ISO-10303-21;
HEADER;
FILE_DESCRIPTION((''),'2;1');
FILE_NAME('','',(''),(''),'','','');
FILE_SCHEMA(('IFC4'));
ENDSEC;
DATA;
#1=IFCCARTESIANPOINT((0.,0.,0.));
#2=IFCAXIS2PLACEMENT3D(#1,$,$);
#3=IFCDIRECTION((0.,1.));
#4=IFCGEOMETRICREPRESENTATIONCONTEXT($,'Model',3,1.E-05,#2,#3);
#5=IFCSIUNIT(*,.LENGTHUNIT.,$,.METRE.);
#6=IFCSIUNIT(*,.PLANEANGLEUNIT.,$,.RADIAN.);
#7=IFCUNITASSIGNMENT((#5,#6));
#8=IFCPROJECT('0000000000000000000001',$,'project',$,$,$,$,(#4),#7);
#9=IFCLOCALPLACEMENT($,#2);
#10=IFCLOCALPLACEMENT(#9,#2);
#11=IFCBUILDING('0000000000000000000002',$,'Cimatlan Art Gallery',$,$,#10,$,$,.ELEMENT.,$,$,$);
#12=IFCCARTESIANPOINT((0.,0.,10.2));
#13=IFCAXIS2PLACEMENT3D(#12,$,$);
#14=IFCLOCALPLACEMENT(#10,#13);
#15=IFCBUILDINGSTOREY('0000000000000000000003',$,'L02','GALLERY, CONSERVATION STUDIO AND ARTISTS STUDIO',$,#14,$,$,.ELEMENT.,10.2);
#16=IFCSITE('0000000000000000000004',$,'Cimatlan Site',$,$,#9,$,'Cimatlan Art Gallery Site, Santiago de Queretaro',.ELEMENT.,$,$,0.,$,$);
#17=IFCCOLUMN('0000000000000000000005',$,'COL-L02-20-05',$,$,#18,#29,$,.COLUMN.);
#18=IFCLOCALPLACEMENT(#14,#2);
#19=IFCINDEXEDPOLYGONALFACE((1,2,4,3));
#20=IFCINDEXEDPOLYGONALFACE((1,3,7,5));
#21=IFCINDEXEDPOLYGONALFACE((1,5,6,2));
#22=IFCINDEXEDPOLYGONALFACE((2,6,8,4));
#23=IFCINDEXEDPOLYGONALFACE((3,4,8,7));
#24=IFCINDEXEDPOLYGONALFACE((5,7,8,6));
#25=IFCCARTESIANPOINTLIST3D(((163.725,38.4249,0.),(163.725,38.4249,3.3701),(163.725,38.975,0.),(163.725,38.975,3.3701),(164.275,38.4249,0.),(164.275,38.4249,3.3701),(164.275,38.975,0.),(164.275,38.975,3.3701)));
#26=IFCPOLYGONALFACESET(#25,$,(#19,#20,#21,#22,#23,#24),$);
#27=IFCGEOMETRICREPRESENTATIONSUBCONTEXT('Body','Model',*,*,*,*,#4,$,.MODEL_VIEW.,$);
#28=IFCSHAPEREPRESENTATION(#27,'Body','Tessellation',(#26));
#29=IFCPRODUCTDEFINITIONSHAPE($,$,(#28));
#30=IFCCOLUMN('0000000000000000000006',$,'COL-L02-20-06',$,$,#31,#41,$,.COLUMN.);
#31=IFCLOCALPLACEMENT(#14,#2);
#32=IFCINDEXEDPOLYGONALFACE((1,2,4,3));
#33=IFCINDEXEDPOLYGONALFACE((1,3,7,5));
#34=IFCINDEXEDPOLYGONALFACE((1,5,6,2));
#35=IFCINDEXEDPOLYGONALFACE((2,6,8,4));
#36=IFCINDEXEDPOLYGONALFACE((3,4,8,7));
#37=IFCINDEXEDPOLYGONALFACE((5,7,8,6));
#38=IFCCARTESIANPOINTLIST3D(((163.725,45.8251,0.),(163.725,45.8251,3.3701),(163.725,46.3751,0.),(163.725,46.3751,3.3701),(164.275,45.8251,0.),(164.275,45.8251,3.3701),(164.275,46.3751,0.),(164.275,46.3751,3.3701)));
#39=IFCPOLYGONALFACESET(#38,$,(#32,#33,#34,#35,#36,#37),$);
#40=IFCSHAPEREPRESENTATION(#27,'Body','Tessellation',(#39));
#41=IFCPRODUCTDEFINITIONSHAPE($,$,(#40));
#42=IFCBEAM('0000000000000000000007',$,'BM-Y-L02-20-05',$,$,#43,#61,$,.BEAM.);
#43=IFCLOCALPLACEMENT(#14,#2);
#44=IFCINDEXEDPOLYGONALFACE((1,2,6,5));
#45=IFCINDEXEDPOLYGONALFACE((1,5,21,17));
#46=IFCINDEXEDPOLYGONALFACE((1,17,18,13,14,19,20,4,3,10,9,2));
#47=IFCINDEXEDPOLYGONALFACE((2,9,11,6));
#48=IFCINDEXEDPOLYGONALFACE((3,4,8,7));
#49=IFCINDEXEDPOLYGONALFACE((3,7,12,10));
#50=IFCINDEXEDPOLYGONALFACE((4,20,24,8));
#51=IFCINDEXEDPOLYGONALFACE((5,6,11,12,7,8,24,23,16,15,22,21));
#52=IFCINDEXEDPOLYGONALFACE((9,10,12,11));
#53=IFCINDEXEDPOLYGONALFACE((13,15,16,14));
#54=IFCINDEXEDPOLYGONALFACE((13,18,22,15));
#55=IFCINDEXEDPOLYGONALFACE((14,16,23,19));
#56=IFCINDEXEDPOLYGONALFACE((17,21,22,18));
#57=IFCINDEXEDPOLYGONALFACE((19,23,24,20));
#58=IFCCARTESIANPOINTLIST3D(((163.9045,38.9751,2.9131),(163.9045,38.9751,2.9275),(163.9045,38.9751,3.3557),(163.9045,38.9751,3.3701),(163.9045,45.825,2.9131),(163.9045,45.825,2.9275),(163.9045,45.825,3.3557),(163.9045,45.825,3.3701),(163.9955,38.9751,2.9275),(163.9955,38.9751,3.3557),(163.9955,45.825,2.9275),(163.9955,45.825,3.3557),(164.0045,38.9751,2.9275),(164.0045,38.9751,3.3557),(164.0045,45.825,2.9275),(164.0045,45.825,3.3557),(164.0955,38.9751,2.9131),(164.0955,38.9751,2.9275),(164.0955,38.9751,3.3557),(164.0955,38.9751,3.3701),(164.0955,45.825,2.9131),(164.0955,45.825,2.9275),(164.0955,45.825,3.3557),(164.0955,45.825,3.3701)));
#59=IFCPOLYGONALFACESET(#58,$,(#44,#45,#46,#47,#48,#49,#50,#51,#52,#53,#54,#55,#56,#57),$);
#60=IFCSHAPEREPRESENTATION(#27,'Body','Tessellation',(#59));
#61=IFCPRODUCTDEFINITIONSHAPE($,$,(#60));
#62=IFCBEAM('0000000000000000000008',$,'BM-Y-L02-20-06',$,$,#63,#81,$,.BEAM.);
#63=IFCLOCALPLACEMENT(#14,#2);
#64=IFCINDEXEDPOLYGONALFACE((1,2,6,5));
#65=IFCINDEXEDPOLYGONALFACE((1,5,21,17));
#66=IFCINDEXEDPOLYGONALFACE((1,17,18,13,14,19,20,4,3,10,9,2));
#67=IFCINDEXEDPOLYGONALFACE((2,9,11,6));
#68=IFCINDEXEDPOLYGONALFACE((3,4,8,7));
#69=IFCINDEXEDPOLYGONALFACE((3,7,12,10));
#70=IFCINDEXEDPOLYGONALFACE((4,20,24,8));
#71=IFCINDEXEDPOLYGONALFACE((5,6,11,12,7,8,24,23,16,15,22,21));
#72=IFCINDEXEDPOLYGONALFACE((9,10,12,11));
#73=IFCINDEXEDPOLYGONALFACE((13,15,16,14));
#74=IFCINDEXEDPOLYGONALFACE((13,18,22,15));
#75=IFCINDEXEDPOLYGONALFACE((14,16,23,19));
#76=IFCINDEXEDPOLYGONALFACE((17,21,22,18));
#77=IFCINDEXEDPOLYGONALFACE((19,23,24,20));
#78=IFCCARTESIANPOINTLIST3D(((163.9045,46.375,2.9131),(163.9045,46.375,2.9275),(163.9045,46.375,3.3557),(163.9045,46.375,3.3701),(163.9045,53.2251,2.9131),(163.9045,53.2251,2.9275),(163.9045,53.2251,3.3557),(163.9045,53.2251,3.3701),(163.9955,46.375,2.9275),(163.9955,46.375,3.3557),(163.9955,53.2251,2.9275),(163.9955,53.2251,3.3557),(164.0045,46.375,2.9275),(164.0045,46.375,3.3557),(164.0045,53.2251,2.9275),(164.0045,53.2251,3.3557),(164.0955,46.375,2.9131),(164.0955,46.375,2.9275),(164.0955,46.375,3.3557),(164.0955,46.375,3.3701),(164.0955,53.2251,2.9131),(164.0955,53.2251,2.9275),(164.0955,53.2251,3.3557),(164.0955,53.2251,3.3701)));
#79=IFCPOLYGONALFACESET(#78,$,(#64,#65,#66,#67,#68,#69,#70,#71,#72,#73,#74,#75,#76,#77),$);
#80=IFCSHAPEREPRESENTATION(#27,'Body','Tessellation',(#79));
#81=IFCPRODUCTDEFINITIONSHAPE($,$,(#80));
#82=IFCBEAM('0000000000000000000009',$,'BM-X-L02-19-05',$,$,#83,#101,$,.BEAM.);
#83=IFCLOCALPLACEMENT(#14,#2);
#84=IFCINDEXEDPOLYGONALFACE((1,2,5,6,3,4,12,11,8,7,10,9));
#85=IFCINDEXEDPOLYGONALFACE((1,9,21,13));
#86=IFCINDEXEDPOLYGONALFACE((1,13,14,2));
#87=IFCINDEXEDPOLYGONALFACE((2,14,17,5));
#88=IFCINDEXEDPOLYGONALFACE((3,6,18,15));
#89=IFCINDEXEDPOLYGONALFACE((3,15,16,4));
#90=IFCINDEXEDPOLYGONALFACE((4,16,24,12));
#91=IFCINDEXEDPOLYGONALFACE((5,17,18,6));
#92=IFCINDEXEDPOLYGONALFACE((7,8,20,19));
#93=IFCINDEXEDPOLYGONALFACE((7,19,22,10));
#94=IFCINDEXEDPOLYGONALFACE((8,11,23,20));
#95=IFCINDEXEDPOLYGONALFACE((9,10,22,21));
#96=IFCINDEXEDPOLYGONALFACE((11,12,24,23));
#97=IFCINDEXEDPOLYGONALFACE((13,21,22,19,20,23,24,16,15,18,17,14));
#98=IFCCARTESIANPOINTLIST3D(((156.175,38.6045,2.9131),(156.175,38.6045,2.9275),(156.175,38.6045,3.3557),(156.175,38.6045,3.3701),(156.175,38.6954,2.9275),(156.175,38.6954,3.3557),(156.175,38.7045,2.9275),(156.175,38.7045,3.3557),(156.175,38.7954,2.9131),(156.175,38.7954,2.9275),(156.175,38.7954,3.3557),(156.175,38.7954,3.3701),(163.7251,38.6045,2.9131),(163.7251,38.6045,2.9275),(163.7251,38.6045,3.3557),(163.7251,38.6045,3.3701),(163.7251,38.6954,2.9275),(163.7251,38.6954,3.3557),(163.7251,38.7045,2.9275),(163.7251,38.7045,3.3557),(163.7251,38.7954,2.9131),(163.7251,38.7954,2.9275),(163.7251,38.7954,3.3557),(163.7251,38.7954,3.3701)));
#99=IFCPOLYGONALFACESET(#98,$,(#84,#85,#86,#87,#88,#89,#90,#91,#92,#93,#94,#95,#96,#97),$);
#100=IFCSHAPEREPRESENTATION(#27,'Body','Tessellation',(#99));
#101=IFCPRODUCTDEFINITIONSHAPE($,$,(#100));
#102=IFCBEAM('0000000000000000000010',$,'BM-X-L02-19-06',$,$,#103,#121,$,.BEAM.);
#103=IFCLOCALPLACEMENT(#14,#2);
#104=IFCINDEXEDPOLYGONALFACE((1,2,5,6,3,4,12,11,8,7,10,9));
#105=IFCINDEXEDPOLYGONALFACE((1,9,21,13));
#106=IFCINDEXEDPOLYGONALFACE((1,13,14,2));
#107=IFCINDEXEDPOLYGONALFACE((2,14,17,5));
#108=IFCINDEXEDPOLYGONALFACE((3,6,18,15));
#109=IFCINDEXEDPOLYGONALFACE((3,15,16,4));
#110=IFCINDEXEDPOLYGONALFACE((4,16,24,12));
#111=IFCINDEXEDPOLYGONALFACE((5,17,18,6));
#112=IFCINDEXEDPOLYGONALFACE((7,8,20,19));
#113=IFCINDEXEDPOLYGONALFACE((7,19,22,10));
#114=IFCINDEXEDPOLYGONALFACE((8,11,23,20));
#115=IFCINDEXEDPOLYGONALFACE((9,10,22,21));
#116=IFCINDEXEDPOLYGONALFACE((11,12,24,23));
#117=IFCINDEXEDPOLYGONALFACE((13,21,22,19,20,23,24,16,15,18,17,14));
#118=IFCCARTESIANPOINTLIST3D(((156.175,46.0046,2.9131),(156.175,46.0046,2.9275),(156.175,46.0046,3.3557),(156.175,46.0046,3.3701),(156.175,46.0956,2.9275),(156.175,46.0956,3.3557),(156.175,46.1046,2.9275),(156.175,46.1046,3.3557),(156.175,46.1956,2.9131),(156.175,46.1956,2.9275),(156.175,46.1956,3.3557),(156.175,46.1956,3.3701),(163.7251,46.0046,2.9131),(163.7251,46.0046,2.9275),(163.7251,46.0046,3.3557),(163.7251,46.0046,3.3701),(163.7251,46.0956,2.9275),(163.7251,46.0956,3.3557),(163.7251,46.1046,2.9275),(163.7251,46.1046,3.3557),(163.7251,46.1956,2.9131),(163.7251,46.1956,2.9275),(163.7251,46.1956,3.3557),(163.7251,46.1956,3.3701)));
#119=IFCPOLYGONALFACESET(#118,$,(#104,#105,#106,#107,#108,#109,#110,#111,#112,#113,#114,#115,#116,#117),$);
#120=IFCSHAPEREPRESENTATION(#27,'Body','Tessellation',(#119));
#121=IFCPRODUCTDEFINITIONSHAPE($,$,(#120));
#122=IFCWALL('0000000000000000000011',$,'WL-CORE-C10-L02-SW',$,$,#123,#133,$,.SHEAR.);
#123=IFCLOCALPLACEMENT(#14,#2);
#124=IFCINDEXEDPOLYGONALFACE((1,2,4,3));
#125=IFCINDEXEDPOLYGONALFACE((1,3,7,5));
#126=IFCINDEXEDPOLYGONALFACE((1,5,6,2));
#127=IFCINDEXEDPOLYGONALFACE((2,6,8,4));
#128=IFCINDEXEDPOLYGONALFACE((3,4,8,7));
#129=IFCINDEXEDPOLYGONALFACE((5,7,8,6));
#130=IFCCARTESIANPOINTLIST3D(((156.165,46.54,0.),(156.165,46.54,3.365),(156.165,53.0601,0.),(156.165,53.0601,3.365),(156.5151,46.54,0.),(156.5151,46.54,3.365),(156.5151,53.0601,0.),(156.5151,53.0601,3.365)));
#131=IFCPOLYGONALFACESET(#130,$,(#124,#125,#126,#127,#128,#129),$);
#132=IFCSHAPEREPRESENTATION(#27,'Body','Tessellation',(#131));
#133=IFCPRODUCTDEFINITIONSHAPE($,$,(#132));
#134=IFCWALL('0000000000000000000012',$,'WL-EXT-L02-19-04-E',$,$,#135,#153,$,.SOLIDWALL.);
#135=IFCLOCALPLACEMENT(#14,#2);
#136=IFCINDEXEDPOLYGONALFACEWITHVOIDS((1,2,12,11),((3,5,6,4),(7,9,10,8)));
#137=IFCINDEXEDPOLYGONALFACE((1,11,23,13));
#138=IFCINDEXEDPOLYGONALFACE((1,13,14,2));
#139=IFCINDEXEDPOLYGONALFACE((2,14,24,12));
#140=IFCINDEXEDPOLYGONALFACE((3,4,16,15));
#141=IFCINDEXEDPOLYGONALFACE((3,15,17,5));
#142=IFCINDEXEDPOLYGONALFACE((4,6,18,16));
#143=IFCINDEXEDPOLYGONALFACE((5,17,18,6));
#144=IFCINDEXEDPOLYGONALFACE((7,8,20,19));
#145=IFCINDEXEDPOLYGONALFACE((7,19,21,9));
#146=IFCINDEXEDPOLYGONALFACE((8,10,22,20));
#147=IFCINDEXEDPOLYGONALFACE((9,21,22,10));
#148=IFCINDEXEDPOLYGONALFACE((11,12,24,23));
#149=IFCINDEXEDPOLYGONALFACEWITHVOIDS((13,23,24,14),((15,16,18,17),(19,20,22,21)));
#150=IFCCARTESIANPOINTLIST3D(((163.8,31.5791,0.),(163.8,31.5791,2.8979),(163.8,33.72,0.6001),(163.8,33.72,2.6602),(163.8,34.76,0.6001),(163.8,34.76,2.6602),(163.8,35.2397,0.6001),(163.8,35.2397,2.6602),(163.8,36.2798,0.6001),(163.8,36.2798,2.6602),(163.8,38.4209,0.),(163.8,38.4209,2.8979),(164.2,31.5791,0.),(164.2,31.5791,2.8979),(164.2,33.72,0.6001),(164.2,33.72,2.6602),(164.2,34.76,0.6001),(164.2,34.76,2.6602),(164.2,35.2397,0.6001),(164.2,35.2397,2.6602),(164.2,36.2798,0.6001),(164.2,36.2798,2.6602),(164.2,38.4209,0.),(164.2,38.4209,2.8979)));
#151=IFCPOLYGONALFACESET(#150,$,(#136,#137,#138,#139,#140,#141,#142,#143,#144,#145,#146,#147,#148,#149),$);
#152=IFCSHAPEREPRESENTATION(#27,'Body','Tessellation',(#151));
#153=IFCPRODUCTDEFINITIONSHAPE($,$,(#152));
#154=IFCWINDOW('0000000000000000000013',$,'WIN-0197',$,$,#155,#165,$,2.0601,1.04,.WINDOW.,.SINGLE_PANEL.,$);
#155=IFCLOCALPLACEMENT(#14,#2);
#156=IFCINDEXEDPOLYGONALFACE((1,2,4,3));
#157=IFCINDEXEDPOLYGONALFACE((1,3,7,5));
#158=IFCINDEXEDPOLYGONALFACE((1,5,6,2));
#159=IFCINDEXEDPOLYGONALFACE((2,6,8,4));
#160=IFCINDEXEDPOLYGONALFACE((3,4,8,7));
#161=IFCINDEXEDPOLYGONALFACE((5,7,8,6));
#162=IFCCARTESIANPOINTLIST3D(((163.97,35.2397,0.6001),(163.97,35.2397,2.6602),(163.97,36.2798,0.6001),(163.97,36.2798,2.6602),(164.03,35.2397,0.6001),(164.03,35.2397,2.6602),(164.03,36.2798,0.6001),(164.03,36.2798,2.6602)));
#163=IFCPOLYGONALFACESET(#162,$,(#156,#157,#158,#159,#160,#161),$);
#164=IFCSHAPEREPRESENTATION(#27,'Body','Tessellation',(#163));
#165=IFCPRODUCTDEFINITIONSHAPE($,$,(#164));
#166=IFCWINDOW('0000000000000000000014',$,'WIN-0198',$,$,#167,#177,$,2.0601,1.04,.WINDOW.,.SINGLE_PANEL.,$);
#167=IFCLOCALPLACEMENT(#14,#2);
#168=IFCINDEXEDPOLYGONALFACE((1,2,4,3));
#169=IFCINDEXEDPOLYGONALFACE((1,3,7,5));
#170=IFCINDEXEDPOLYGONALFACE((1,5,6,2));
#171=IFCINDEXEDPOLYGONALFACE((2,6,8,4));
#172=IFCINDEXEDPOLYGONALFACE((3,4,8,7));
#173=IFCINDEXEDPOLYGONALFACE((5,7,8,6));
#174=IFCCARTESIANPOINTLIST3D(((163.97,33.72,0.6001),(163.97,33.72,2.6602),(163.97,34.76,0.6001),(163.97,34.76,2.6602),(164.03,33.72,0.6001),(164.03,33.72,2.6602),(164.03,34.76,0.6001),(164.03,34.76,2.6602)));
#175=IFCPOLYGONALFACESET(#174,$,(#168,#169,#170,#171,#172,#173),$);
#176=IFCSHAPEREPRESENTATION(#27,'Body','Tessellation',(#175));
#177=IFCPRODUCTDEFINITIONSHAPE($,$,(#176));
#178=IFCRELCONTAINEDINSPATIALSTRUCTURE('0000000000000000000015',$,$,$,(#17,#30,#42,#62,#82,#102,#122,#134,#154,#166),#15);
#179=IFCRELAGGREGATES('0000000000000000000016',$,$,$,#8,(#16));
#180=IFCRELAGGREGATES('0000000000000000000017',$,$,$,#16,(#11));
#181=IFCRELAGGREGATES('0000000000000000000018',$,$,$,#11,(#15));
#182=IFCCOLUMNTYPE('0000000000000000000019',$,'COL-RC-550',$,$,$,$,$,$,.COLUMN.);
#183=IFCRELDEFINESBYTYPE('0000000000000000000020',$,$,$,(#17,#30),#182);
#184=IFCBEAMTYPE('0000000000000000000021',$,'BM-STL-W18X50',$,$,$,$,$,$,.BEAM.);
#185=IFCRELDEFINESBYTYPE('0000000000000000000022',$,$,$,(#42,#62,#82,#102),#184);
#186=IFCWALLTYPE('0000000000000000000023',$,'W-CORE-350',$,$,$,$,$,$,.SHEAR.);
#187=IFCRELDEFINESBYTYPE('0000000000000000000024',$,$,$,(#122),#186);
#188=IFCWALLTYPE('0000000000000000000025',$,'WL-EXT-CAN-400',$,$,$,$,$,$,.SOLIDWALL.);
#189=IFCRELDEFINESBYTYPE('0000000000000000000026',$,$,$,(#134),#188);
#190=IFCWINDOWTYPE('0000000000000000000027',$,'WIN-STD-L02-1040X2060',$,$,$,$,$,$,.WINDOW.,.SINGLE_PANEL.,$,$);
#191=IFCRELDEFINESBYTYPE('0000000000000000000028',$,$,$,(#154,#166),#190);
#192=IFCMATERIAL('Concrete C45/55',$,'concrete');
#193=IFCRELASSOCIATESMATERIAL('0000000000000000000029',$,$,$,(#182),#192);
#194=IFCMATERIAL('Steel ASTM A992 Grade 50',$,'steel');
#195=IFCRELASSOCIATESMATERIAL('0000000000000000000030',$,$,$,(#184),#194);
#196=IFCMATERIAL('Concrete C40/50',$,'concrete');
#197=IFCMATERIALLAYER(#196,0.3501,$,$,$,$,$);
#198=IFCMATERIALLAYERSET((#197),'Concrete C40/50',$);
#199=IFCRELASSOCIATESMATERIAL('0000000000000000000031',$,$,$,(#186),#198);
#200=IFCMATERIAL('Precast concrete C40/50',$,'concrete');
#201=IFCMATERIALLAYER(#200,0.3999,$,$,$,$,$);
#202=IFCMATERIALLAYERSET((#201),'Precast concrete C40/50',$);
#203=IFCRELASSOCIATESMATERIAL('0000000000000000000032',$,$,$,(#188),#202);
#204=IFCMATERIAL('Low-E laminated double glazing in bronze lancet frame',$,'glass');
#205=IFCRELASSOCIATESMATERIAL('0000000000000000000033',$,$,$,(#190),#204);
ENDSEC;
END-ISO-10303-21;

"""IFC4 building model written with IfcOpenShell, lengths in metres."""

from ifc_helpers import new_model, si_unit, direction, frame, frame_2d, origin, origin_2d, place, context, subcontext, project, spatial, rectangle, i_section, extrude, material, layer, layer_set, material_profile, profile_set, type_object, element, fill, save


model = new_model("IFC4")

# Units and contexts
model_context = context("Model", 3, precision=1e-05, world=origin(), true_north=direction((0.0, 1.0)))
body_context = subcontext(model_context, "Body", "Model", "MODEL_VIEW")
ifc_project = project(units=[si_unit("LENGTHUNIT", "METRE"), si_unit("PLANEANGLEUNIT", "RADIAN")], contexts=[model_context])

# Site, building, storey
site_placement = place(None, origin())
site = spatial("IfcSite", under=ifc_project, at=site_placement, Name="Cimatlan Site", LongName="Cimatlan Art Gallery Site, Santiago de Queretaro", CompositionType="ELEMENT", RefElevation=0.0)
building_placement = place(site_placement, origin())
building = spatial("IfcBuilding", under=site, at=building_placement, Name="Cimatlan Art Gallery", CompositionType="ELEMENT")
storey_placement = place(building_placement, frame((0.0, 0.0, 10.2)))
storey = spatial("IfcBuildingStorey", under=building, at=storey_placement, Name="L02", Description="GALLERY, CONSERVATION STUDIO AND ARTISTS STUDIO", CompositionType="ELEMENT", Elevation=10.2)

# Columns
ifc_material_1 = material(Name="Concrete C45/55", Category="concrete")
ifc_material_profile_1 = material_profile(ifc_material_1, rectangle(XDim=0.55, YDim=0.55, at=origin_2d()), Name="RC550X550")
ifc_profile_set_1 = profile_set([ifc_material_profile_1], Name="Concrete C45/55")
column_type = type_object("IfcColumnType", Name="COL-RC-550", PredefinedType="COLUMN", material=ifc_profile_set_1)
for number, where, z_axis, x_axis, name in (
    (1, (164.0, 38.7, 0.0), (0.0, 0.0, 1.0), (1.0, 0.0, 0.0), "COL-L02-20-05"),
    (2, (164.0, 46.1001, 0.0), (0.0, 0.0, 1.0), (1.0, 0.0, 0.0), "COL-L02-20-06"),
):
    element("IfcColumn", number, at=place(storey_placement, frame(where, z_axis=z_axis, x_axis=x_axis)), inside=storey, type_object=column_type, Name=name, PredefinedType="COLUMN", context=body_context, shape_type="SweptSolid", body=[
        extrude(rectangle(XDim=0.55, YDim=0.55, at=origin_2d()), origin(), (0.0, 0.0, 1.0), 3.3701),
    ])

# Beams
ifc_material_2 = material(Name="Steel ASTM A992 Grade 50", Category="steel")
ifc_material_profile_2 = material_profile(ifc_material_2, i_section(OverallWidth=0.1909, OverallDepth=0.457, WebThickness=0.009, FlangeThickness=0.0144, at=origin_2d()), Name="W18X50")
ifc_profile_set_2 = profile_set([ifc_material_profile_2], Name="Steel ASTM A992 Grade 50")
beam_type = type_object("IfcBeamType", Name="BM-STL-W18X50", PredefinedType="BEAM", material=ifc_profile_set_2)
beam_1_placement = place(storey_placement, frame((164.0, 38.9751, 3.1416), z_axis=(0.0, 1.0, 0.0), x_axis=(-1.0, 0.0, 0.0)))
element("IfcBeam", 3, at=beam_1_placement, inside=storey, type_object=beam_type, Name="BM-Y-L02-20-05", PredefinedType="BEAM", context=body_context, shape_type="SweptSolid", body=[
    extrude(i_section(OverallWidth=0.1909, OverallDepth=0.457, WebThickness=0.009, FlangeThickness=0.0144, at=origin_2d()), origin(), (0.0, 0.0, 1.0), 6.8499),
])
beam_2_placement = place(storey_placement, frame((164.0, 46.375, 3.1416), z_axis=(0.0, 1.0, 0.0), x_axis=(-1.0, 0.0, 0.0)))
element("IfcBeam", 4, at=beam_2_placement, inside=storey, type_object=beam_type, Name="BM-Y-L02-20-06", PredefinedType="BEAM", context=body_context, shape_type="SweptSolid", body=[
    extrude(i_section(OverallWidth=0.1909, OverallDepth=0.457, WebThickness=0.009, FlangeThickness=0.0144, at=origin_2d()), origin(), (0.0, 0.0, 1.0), 6.8501),
])
for number, where, z_axis, x_axis, name in (
    (5, (156.175, 38.7, 3.1416), (1.0, 0.0, 0.0), (0.0, 1.0, 0.0), "BM-X-L02-19-05"),
    (6, (156.175, 46.1001, 3.1416), (1.0, 0.0, 0.0), (0.0, 1.0, 0.0), "BM-X-L02-19-06"),
):
    element("IfcBeam", number, at=place(storey_placement, frame(where, z_axis=z_axis, x_axis=x_axis)), inside=storey, type_object=beam_type, Name=name, PredefinedType="BEAM", context=body_context, shape_type="SweptSolid", body=[
        extrude(i_section(OverallWidth=0.1909, OverallDepth=0.457, WebThickness=0.009, FlangeThickness=0.0144, at=origin_2d()), origin(), (0.0, 0.0, 1.0), 7.55),
    ])

# Wall
ifc_material_3 = material(Name="Concrete C40/50", Category="concrete")
ifc_layer_1 = layer(ifc_material_3, 0.3501)
ifc_layer_set_1 = layer_set([ifc_layer_1], Name="Concrete C40/50")
wall_type_1 = type_object("IfcWallType", Name="W-CORE-350", PredefinedType="SHEAR", material=ifc_layer_set_1)
wall_1_placement = place(storey_placement, frame((156.3401, 46.54, 0.0), z_axis=(0.0, 0.0, 1.0), x_axis=(0.0, 1.0, 0.0)))
element("IfcWall", 7, at=wall_1_placement, inside=storey, type_object=wall_type_1, Name="WL-CORE-C10-L02-SW", PredefinedType="SHEAR", context=body_context, shape_type="SweptSolid", body=[
    extrude(rectangle(XDim=6.52, YDim=0.3501, at=frame_2d((3.26, 0.0))), origin(), (0.0, 0.0, 1.0), 3.365),
])

# Wall, openings, windows
ifc_material_4 = material(Name="Precast concrete C40/50", Category="concrete")
ifc_layer_2 = layer(ifc_material_4, 0.3999)
ifc_layer_set_2 = layer_set([ifc_layer_2], Name="Precast concrete C40/50")
wall_type_2 = type_object("IfcWallType", Name="WL-EXT-CAN-400", PredefinedType="SOLIDWALL", material=ifc_layer_set_2)
wall_2_placement = place(storey_placement, frame((164.0, 38.4209, 0.0), z_axis=(0.0, 0.0, 1.0), x_axis=(0.0, -1.0, 0.0)))
wall_2 = element("IfcWall", 8, at=wall_2_placement, inside=storey, type_object=wall_type_2, Name="WL-EXT-L02-19-04-E", PredefinedType="SOLIDWALL", context=body_context, shape_type="SweptSolid", body=[
    extrude(rectangle(XDim=6.8418, YDim=0.3999, at=frame_2d((3.4209, 0.0))), origin(), (0.0, 0.0, 1.0), 2.8979),
])
opening_1_placement = place(wall_2_placement, frame((2.1411, 0.0, 0.6001)))
opening_1 = element("IfcOpeningElement", 9, at=opening_1_placement, cuts=wall_2, PredefinedType="OPENING", context=body_context, shape_type="SweptSolid", body=[
    extrude(rectangle(XDim=1.04, YDim=2.0601, at=frame_2d((0.52, 1.03))), frame((0.0, 0.21, 0.0), z_axis=(0.0, -1.0, 0.0), x_axis=(1.0, 0.0, 0.0)), (0.0, 0.0, 1.0), 0.4199),
])
opening_2_placement = place(wall_2_placement, frame((3.6609, 0.0, 0.6001)))
opening_2 = element("IfcOpeningElement", 10, at=opening_2_placement, cuts=wall_2, PredefinedType="OPENING", context=body_context, shape_type="SweptSolid", body=[
    extrude(rectangle(XDim=1.04, YDim=2.0601, at=frame_2d((0.52, 1.03))), frame((0.0, 0.21, 0.0), z_axis=(0.0, -1.0, 0.0), x_axis=(1.0, 0.0, 0.0)), (0.0, 0.0, 1.0), 0.4199),
])
ifc_material_5 = material(Name="Low-E laminated double glazing in bronze lancet frame", Category="glass")
window_type = type_object("IfcWindowType", Name="WIN-STD-L02-1040X2060", PartitioningType="SINGLE_PANEL", PredefinedType="WINDOW", material=ifc_material_5)
window_1_placement = place(opening_1_placement, origin())
window_1 = element("IfcWindow", 11, at=window_1_placement, inside=storey, type_object=window_type, Name="WIN-0197", OverallHeight=2.0601, OverallWidth=1.04, PartitioningType="SINGLE_PANEL", PredefinedType="WINDOW", context=body_context, shape_type="SweptSolid", body=[
    extrude(rectangle(XDim=1.04, YDim=2.0601, at=frame_2d((0.52, 1.03))), frame((0.0, 0.03, 0.0), z_axis=(0.0, -1.0, 0.0), x_axis=(1.0, 0.0, 0.0)), (0.0, 0.0, 1.0), 0.0601),
])
fill(opening_1, window_1)
window_2_placement = place(opening_2_placement, origin())
window_2 = element("IfcWindow", 12, at=window_2_placement, inside=storey, type_object=window_type, Name="WIN-0198", OverallHeight=2.0601, OverallWidth=1.04, PartitioningType="SINGLE_PANEL", PredefinedType="WINDOW", context=body_context, shape_type="SweptSolid", body=[
    extrude(rectangle(XDim=1.04, YDim=2.0601, at=frame_2d((0.52, 1.03))), frame((0.0, 0.03, 0.0), z_axis=(0.0, -1.0, 0.0), x_axis=(1.0, 0.0, 0.0)), (0.0, 0.0, 1.0), 0.0601),
])
fill(opening_2, window_2)

save(model, "model.ifc")
